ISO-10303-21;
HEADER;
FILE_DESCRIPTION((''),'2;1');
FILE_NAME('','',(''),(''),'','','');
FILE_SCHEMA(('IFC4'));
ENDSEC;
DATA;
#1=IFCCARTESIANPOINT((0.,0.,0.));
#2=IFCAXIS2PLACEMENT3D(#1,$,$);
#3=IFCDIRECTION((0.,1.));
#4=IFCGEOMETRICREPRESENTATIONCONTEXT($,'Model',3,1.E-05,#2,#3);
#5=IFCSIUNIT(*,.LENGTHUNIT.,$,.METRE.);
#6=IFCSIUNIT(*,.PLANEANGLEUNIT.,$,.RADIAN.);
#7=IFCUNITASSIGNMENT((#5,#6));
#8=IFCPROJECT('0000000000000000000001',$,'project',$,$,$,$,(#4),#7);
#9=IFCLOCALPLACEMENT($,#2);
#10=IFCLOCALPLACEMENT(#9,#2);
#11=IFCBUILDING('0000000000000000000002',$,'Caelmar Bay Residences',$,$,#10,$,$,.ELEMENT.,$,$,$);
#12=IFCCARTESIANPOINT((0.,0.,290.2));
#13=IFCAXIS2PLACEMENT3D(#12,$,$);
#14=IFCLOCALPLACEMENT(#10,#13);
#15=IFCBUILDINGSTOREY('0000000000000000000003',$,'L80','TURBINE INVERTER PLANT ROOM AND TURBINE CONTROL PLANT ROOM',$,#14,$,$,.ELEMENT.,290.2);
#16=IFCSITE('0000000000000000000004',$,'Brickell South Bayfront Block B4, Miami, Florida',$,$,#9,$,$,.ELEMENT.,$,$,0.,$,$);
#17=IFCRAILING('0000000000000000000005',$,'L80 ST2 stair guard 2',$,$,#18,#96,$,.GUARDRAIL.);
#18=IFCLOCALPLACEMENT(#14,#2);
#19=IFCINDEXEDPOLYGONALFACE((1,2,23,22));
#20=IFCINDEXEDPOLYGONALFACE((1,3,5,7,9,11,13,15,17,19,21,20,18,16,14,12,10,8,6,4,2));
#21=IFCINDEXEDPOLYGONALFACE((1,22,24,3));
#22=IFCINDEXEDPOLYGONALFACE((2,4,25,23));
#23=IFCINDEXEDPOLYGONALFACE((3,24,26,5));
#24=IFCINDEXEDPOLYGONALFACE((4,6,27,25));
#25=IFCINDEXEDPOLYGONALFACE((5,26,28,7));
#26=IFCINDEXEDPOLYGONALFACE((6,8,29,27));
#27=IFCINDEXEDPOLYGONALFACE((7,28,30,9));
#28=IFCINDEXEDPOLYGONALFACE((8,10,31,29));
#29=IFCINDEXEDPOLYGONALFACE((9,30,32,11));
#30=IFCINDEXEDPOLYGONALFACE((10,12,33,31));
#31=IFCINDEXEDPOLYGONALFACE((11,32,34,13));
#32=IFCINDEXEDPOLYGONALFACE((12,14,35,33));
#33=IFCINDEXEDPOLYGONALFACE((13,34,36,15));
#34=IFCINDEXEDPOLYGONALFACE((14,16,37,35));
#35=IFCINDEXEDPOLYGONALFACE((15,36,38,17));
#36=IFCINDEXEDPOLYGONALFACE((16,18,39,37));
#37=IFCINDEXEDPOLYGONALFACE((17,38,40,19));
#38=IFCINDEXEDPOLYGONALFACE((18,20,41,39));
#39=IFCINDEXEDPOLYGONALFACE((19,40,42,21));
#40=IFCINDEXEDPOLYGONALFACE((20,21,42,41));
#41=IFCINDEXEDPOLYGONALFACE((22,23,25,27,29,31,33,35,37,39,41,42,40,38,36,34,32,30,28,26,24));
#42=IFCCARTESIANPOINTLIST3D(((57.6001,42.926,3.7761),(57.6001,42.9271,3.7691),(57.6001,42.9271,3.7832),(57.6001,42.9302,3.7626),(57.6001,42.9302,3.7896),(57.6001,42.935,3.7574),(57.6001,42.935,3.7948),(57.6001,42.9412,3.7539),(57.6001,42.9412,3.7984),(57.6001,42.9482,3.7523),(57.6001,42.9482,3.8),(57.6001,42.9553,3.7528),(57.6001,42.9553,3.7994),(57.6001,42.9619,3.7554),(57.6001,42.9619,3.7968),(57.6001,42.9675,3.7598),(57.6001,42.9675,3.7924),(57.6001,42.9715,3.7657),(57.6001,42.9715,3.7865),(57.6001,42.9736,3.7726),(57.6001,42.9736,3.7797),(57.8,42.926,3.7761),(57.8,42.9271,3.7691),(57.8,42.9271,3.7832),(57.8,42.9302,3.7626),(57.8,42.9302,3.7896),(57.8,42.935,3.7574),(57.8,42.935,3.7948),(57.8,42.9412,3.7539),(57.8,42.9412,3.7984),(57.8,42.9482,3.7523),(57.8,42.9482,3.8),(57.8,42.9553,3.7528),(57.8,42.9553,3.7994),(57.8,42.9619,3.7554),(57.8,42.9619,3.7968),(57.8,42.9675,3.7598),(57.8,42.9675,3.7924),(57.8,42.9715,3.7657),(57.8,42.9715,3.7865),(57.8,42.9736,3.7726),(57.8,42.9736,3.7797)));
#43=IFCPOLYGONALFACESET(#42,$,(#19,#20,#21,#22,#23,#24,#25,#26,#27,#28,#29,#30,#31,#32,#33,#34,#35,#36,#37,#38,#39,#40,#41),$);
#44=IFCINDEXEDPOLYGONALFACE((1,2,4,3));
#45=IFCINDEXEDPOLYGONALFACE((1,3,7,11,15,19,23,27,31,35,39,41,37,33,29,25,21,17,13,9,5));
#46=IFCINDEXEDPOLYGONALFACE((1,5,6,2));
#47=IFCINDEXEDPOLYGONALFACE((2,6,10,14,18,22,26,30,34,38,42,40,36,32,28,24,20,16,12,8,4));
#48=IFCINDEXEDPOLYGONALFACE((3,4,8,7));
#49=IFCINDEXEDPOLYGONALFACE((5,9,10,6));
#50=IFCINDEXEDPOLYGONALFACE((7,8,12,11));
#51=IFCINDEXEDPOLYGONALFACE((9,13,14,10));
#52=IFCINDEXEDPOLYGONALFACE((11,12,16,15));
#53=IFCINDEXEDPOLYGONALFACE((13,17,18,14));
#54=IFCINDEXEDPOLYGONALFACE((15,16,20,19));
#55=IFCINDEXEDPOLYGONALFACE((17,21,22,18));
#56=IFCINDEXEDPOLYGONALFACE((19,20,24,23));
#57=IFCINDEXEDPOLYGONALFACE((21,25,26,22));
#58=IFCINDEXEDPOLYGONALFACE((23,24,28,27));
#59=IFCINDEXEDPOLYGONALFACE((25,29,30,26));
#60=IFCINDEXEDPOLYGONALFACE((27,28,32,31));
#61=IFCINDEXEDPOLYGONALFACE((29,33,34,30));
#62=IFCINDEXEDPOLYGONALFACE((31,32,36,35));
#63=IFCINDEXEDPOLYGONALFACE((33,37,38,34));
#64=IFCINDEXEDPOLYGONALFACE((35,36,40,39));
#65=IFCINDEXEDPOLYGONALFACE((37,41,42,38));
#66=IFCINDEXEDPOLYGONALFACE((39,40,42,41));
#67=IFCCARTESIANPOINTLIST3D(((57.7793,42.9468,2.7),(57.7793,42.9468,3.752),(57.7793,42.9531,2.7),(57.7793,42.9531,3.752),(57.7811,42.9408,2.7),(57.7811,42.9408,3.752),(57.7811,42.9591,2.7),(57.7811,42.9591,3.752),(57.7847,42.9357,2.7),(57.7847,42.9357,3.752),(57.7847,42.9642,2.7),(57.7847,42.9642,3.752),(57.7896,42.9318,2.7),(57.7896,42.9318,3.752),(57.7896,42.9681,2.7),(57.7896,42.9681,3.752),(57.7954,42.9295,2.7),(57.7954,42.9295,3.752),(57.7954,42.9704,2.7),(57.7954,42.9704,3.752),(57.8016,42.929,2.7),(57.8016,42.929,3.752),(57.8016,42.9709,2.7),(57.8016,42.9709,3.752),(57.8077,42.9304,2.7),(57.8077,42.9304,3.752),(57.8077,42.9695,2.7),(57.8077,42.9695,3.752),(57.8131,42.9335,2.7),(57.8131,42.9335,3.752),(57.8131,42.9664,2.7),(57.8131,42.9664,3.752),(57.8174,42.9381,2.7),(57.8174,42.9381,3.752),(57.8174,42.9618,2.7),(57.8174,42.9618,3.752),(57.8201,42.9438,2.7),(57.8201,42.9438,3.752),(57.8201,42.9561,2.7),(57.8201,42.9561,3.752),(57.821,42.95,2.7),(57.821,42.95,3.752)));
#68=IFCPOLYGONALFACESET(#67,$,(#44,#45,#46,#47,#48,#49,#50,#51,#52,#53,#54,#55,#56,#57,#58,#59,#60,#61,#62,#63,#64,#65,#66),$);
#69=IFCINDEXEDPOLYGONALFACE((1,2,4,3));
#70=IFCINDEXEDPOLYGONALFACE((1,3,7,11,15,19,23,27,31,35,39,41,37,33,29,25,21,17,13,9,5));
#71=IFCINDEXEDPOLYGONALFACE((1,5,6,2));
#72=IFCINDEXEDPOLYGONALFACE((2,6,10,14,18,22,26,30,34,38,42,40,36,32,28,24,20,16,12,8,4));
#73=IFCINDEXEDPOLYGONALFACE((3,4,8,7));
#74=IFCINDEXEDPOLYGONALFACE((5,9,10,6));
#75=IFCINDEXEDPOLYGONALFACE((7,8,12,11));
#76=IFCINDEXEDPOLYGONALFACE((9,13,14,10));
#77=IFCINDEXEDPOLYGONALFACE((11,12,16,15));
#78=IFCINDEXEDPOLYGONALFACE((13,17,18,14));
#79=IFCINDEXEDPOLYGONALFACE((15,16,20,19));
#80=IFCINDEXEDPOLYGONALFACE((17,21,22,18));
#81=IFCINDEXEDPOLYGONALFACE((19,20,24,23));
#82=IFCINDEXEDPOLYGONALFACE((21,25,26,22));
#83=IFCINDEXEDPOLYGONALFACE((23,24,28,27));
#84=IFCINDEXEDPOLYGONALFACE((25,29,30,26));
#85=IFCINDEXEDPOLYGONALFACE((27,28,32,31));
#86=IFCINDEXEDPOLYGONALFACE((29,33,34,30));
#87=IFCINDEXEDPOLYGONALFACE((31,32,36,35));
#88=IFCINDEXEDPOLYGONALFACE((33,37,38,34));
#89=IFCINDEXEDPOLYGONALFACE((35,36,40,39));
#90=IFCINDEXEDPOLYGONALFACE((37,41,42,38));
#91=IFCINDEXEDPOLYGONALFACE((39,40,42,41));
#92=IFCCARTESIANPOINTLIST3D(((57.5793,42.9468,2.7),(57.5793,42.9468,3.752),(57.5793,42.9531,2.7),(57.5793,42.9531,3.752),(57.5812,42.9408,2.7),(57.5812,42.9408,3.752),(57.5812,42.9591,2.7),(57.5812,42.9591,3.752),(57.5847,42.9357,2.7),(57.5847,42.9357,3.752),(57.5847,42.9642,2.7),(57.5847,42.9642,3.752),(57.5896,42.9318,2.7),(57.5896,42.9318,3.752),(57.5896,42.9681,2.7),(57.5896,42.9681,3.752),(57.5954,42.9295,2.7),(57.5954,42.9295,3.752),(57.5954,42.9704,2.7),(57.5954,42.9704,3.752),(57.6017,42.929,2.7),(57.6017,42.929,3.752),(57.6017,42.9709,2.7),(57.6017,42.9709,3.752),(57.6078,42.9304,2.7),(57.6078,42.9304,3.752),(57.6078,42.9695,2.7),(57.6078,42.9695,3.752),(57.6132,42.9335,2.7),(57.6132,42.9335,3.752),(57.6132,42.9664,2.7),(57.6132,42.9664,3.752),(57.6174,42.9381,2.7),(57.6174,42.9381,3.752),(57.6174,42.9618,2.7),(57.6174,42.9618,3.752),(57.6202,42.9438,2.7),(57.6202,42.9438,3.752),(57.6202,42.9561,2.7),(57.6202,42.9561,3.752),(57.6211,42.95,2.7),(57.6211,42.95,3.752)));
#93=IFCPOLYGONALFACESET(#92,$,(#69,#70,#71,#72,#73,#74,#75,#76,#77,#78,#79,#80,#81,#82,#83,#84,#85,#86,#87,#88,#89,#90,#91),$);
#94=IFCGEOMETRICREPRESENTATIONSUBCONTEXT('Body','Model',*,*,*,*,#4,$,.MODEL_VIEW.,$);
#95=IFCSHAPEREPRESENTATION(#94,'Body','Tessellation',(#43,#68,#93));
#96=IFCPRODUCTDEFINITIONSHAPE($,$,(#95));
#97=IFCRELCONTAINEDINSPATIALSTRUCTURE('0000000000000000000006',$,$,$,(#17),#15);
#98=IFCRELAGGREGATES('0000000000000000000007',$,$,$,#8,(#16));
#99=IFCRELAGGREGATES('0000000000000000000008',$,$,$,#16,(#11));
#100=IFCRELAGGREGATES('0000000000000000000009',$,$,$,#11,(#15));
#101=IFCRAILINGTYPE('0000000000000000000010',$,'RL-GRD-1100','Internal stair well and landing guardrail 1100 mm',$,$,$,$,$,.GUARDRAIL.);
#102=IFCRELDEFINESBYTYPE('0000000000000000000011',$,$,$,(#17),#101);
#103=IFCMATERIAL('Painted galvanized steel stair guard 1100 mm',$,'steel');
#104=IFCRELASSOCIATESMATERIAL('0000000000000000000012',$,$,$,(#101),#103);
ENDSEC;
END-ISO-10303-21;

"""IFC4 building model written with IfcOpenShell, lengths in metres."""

from ifc_helpers import new_model, si_unit, direction, frame, origin, origin_2d, place, context, subcontext, project, spatial, circle, extrude, material, type_object, element, save


model = new_model("IFC4")

# Units and contexts
model_context = context("Model", 3, precision=1e-05, world=origin(), true_north=direction((0.0, 1.0)))
body_context = subcontext(model_context, "Body", "Model", "MODEL_VIEW")
ifc_project = project(units=[si_unit("LENGTHUNIT", "METRE"), si_unit("PLANEANGLEUNIT", "RADIAN")], contexts=[model_context])

# Site, building, storey
site_placement = place(None, origin())
site = spatial("IfcSite", under=ifc_project, at=site_placement, Name="Brickell South Bayfront Block B4, Miami, Florida", CompositionType="ELEMENT", RefElevation=0.0)
building_placement = place(site_placement, origin())
building = spatial("IfcBuilding", under=site, at=building_placement, Name="Caelmar Bay Residences", CompositionType="ELEMENT")
storey_placement = place(building_placement, frame((0.0, 0.0, 290.2)))
storey = spatial("IfcBuildingStorey", under=building, at=storey_placement, Name="L80", Description="TURBINE INVERTER PLANT ROOM AND TURBINE CONTROL PLANT ROOM", CompositionType="ELEMENT", Elevation=290.2)

# Railing
ifc_material_1 = material(Name="Painted galvanized steel stair guard 1100 mm", Category="steel")
railing_type_1 = type_object("IfcRailingType", Name="RL-GRD-1100", Description="Internal stair well and landing guardrail 1100 mm", PredefinedType="GUARDRAIL", material=ifc_material_1)
railing_1_placement = place(storey_placement, frame((57.8, 42.95, 2.7)))
element("IfcRailing", 1, at=railing_1_placement, inside=storey, type_object=railing_type_1, Name="L80 ST2 stair guard 2", PredefinedType="GUARDRAIL", context=body_context, shape_type="SweptSolid", body=[
    extrude(circle(Radius=0.0239, at=origin_2d()), frame((0.0, 0.0, 1.0762), z_axis=(-1.0, 0.0, 0.0), x_axis=(0.0, -1.0, 0.0)), (0.0, 0.0, 1.0), 0.2),
    extrude(circle(Radius=0.021, at=origin_2d()), origin(), (0.0, 0.0, 1.0), 1.052),
    extrude(circle(Radius=0.021, at=origin_2d()), frame((-0.2, 0.0, 0.0)), (0.0, 0.0, 1.0), 1.052),
])

save(model, "model.ifc")
